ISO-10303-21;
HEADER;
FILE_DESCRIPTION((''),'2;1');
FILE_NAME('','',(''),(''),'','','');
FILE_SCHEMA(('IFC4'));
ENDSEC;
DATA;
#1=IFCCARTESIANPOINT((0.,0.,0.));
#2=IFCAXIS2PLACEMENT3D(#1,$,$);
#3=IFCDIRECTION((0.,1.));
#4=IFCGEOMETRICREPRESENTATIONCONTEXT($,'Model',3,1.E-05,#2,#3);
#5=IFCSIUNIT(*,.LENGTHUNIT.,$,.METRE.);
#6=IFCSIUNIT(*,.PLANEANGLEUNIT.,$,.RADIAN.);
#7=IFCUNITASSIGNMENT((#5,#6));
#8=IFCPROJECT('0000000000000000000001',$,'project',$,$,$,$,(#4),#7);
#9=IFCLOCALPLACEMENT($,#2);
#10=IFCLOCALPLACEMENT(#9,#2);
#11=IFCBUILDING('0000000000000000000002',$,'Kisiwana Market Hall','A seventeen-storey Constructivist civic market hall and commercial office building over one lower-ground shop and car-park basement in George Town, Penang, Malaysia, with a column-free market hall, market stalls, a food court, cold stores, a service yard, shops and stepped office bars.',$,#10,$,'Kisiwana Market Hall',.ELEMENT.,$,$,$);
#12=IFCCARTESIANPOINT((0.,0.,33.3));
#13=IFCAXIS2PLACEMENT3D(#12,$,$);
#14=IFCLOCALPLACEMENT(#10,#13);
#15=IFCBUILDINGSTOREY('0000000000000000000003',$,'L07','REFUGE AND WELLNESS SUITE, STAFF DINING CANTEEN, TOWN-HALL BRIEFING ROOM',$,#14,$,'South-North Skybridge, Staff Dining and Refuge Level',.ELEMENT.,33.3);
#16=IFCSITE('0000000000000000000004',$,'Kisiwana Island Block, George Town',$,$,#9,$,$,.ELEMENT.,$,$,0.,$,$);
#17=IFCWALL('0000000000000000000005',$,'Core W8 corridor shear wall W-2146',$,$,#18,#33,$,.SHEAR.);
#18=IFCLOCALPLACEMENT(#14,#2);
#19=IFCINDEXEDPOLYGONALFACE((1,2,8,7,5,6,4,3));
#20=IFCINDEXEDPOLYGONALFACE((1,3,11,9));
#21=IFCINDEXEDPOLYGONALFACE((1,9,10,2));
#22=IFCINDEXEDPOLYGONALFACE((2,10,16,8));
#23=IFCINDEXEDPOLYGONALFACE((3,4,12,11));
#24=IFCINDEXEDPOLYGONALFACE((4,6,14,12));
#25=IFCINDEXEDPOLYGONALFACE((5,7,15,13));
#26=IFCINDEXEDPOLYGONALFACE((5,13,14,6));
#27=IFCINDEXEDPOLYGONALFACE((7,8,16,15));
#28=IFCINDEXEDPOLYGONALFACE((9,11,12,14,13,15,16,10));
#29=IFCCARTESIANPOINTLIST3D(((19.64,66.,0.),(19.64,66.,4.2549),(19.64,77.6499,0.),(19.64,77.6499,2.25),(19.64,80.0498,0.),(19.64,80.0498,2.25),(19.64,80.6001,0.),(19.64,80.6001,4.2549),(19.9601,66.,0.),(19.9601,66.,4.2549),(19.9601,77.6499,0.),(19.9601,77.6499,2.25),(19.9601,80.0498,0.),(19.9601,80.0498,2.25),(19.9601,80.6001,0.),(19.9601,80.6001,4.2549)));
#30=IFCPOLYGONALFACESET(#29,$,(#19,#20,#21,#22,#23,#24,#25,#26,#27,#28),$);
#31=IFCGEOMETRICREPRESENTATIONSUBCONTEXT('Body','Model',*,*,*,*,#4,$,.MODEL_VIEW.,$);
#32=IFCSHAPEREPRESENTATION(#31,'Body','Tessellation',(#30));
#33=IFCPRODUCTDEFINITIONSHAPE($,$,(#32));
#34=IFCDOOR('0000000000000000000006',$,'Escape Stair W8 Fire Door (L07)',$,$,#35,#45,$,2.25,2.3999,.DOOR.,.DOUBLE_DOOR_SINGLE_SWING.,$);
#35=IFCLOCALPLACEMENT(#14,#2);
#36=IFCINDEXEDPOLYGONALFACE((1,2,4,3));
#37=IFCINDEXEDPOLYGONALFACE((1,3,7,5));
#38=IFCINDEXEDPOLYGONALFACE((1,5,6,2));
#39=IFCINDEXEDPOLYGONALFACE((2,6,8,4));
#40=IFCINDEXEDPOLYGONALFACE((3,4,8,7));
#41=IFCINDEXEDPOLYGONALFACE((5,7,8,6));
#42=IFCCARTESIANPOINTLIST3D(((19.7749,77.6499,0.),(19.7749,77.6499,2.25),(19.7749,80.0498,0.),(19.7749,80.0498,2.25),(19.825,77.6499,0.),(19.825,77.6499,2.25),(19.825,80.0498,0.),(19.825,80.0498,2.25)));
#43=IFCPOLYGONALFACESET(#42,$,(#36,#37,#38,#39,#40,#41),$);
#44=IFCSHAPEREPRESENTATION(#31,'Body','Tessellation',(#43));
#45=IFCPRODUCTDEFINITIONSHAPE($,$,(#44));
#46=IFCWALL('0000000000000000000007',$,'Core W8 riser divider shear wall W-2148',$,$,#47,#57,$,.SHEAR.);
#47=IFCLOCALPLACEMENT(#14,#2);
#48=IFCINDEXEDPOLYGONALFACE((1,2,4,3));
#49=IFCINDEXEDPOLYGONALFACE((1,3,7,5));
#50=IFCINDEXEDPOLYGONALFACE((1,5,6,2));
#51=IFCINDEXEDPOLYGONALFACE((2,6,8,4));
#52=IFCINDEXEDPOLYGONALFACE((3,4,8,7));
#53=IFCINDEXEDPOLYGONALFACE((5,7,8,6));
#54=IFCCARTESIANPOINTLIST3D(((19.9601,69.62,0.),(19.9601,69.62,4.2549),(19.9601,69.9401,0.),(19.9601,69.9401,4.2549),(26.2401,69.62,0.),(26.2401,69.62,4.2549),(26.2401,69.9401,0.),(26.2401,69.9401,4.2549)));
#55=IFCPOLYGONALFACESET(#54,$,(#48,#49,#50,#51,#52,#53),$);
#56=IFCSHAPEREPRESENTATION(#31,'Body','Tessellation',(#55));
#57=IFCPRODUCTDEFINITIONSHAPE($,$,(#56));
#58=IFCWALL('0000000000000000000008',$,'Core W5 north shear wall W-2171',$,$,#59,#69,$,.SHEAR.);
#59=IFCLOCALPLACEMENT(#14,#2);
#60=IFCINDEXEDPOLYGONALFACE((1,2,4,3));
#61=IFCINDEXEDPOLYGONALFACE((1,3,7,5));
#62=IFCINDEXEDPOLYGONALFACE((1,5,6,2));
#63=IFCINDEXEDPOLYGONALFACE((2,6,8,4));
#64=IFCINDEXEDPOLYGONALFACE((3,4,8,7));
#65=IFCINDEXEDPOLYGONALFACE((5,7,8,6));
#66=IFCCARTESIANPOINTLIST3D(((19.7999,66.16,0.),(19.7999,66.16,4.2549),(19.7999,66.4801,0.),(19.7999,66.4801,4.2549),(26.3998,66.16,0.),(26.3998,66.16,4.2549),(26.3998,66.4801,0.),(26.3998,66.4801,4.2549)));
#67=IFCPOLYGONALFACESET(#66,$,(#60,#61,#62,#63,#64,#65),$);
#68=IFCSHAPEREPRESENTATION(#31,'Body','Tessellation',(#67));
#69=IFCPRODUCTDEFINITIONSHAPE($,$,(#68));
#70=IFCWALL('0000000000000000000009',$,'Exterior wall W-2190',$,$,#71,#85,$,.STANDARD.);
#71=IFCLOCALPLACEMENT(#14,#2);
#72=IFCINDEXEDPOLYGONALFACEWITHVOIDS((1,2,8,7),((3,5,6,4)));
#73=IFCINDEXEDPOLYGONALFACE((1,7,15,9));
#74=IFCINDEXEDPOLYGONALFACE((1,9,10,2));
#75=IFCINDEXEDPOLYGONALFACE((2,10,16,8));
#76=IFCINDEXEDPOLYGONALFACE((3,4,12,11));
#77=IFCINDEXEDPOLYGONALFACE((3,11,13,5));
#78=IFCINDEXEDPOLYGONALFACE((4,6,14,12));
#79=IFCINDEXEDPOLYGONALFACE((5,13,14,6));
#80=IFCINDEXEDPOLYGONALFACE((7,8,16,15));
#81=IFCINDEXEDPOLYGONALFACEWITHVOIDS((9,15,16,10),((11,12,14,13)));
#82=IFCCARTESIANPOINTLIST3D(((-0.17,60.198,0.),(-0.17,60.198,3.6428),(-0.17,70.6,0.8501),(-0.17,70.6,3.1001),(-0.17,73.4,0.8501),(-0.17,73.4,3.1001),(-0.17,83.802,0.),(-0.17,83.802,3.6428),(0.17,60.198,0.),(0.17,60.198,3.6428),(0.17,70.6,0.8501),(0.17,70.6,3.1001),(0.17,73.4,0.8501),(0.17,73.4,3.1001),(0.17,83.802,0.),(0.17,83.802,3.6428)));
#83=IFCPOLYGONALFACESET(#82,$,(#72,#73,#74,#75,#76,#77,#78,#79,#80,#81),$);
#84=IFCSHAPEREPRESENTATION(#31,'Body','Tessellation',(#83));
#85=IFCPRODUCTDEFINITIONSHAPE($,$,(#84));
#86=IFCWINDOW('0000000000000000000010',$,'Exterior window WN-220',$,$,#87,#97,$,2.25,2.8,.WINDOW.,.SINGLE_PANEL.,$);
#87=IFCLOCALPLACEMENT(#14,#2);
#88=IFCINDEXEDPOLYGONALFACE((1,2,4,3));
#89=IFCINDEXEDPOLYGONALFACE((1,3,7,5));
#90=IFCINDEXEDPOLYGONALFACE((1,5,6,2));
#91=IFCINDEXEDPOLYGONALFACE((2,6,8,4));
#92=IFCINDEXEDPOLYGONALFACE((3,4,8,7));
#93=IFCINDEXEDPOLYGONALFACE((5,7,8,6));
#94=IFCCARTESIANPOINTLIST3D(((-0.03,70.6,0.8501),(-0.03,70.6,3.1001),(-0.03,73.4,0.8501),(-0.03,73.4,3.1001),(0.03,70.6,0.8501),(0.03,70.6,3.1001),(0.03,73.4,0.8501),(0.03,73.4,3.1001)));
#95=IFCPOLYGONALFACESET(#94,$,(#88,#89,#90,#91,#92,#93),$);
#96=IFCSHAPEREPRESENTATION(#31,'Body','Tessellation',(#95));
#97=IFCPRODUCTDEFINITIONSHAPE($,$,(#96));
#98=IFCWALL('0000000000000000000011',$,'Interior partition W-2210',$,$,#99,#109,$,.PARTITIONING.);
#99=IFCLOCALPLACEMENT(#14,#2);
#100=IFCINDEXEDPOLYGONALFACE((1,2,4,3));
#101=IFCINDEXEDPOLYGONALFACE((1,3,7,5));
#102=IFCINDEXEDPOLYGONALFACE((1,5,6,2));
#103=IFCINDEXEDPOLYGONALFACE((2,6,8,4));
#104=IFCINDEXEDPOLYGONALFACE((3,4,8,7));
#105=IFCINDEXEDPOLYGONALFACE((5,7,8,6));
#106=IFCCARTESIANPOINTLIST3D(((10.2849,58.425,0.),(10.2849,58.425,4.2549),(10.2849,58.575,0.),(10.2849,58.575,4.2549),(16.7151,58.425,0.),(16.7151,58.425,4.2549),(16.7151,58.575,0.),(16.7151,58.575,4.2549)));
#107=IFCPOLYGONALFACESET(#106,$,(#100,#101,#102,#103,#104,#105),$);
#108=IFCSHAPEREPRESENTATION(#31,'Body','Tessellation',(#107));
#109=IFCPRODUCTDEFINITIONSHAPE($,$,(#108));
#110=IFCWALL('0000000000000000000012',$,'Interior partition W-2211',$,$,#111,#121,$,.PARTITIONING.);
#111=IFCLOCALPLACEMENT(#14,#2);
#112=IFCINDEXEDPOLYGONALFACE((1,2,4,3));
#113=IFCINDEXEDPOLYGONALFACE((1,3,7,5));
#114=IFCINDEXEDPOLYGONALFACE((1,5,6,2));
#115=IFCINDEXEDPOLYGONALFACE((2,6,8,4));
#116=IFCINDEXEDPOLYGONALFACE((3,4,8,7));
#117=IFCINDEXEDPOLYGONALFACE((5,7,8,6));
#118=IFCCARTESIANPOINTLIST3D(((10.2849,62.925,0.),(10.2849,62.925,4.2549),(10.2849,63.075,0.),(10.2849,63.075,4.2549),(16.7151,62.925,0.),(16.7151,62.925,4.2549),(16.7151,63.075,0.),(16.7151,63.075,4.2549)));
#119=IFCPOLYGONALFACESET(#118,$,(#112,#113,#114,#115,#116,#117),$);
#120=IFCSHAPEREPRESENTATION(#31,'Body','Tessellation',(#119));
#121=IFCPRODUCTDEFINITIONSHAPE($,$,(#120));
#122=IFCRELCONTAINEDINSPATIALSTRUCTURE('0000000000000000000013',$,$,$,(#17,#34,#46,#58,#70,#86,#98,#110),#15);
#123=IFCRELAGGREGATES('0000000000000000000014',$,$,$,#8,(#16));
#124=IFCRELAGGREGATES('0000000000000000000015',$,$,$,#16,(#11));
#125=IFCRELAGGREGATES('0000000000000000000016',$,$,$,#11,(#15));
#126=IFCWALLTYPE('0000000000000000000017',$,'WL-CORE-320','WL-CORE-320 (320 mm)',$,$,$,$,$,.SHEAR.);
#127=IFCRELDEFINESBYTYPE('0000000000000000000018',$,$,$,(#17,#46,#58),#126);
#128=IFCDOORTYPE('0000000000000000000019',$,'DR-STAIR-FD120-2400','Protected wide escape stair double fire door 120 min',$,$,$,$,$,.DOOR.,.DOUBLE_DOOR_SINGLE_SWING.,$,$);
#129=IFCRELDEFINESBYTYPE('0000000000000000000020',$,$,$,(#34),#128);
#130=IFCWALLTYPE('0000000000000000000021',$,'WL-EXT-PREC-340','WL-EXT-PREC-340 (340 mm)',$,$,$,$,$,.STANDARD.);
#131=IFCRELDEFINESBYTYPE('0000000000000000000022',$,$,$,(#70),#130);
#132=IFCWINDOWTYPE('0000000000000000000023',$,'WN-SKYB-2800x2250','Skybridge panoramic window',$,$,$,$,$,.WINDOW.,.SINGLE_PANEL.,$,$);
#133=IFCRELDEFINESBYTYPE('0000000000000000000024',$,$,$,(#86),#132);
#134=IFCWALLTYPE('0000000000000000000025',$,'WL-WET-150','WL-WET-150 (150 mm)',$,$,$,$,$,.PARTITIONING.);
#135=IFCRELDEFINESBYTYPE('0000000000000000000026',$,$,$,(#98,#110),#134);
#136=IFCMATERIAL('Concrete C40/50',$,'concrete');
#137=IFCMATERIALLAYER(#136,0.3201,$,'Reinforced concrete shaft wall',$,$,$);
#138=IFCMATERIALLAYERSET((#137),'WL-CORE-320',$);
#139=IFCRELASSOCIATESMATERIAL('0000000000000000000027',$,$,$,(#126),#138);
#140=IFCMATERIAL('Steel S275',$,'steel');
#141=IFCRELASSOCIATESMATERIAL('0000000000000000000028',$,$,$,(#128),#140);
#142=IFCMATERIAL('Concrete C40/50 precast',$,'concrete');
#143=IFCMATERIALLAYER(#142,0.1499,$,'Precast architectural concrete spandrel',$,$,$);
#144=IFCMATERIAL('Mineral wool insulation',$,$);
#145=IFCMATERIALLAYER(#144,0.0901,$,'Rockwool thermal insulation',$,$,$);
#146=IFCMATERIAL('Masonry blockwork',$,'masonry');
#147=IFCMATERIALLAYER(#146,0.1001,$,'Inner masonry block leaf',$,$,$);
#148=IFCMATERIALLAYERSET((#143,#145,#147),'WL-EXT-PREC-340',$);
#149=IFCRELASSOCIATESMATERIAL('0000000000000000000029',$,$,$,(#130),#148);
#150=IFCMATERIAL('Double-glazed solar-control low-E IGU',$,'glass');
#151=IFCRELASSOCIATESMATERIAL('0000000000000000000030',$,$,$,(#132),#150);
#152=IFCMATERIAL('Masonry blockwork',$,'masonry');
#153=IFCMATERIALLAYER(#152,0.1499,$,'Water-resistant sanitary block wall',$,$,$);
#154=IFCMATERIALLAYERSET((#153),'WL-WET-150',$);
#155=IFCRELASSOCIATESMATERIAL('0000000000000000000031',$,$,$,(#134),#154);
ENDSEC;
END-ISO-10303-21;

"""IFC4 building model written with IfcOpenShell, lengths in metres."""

from ifc_helpers import new_model, si_unit, direction, frame, frame_2d, origin, place, context, subcontext, project, spatial, rectangle, extrude, material, layer, layer_set, type_object, element, fill, save


model = new_model("IFC4")

# Units and contexts
model_context = context("Model", 3, precision=1e-05, world=origin(), true_north=direction((0.0, 1.0)))
body_context = subcontext(model_context, "Body", "Model", "MODEL_VIEW")
ifc_project = project(units=[si_unit("LENGTHUNIT", "METRE"), si_unit("PLANEANGLEUNIT", "RADIAN")], contexts=[model_context])

# Site, building, storey
site_placement = place(None, origin())
site = spatial("IfcSite", under=ifc_project, at=site_placement, Name="Kisiwana Island Block, George Town", CompositionType="ELEMENT", RefElevation=0.0)
building_placement = place(site_placement, origin())
building = spatial("IfcBuilding", under=site, at=building_placement, Name="Kisiwana Market Hall", Description="A seventeen-storey Constructivist civic market hall and commercial office building over one lower-ground shop and car-park basement in George Town, Penang, Malaysia, with a column-free market hall, market stalls, a food court, cold stores, a service yard, shops and stepped office bars.", LongName="Kisiwana Market Hall", CompositionType="ELEMENT")
storey_placement = place(building_placement, frame((0.0, 0.0, 33.3)))
storey = spatial("IfcBuildingStorey", under=building, at=storey_placement, Name="L07", Description="REFUGE AND WELLNESS SUITE, STAFF DINING CANTEEN, TOWN-HALL BRIEFING ROOM", LongName="South-North Skybridge, Staff Dining and Refuge Level", CompositionType="ELEMENT", Elevation=33.3)

# Shared definitions
ifc_material_1 = material(Name="Concrete C40/50", Category="concrete")
ifc_layer_1 = layer(ifc_material_1, 0.3201, Name="Reinforced concrete shaft wall")
ifc_layer_set_1 = layer_set([ifc_layer_1], Name="WL-CORE-320")
wall_type_1 = type_object("IfcWallType", Name="WL-CORE-320", Description="WL-CORE-320 (320 mm)", PredefinedType="SHEAR", material=ifc_layer_set_1)

# Shared definitions
ifc_material_2 = material(Name="Steel S275", Category="steel")
door_type = type_object("IfcDoorType", Name="DR-STAIR-FD120-2400", Description="Protected wide escape stair double fire door 120 min", OperationType="DOUBLE_DOOR_SINGLE_SWING", PredefinedType="DOOR", material=ifc_material_2)

# Wall, opening, door
wall_1_placement = place(storey_placement, frame((19.8, 66.0, 0.0), z_axis=(0.0, 0.0, 1.0), x_axis=(0.0, 1.0, 0.0)))
wall_1 = element("IfcWall", 1, at=wall_1_placement, inside=storey, type_object=wall_type_1, Name="Core W8 corridor shear wall W-2146", PredefinedType="SHEAR", context=body_context, shape_type="SweptSolid", body=[
    extrude(rectangle(XDim=14.6001, YDim=0.3201, at=frame_2d((7.3, 0.0))), origin(), (0.0, 0.0, 1.0), 4.2549),
])
opening_1_placement = place(wall_1_placement, frame((11.6499, 0.0, 0.0)))
opening_1 = element("IfcOpeningElement", 2, at=opening_1_placement, cuts=wall_1, PredefinedType="OPENING", context=body_context, shape_type="SweptSolid", body=[
    extrude(rectangle(XDim=2.3999, YDim=2.25, at=frame_2d((1.2, 1.125))), frame((0.0, 0.1719, 0.0), z_axis=(0.0, -1.0, 0.0), x_axis=(1.0, 0.0, 0.0)), (0.0, 0.0, 1.0), 0.344),
])
door_1_placement = place(opening_1_placement, frame((2.3999, 0.0, 0.0), z_axis=(0.0, 0.0, 1.0), x_axis=(-1.0, 0.0, 0.0)))
door_1 = element("IfcDoor", 3, at=door_1_placement, inside=storey, type_object=door_type, Name="Escape Stair W8 Fire Door (L07)", OperationType="DOUBLE_DOOR_SINGLE_SWING", OverallHeight=2.25, OverallWidth=2.3999, PredefinedType="DOOR", context=body_context, shape_type="SweptSolid", body=[
    extrude(rectangle(XDim=2.3999, YDim=2.25, at=frame_2d((1.2, 1.125))), frame((0.0, 0.0249, 0.0), z_axis=(0.0, -1.0, 0.0), x_axis=(1.0, 0.0, 0.0)), (0.0, 0.0, 1.0), 0.05),
])
fill(opening_1, door_1)

# Walls
wall_2_placement = place(storey_placement, frame((19.96, 69.78, 0.0), z_axis=(0.0, 0.0, 1.0), x_axis=(1.0, 0.0, 0.0)))
element("IfcWall", 4, at=wall_2_placement, inside=storey, type_object=wall_type_1, Name="Core W8 riser divider shear wall W-2148", PredefinedType="SHEAR", context=body_context, shape_type="SweptSolid", body=[
    extrude(rectangle(XDim=6.28, YDim=0.3201, at=frame_2d((3.1401, 0.0))), origin(), (0.0, 0.0, 1.0), 4.2549),
])
wall_3_placement = place(storey_placement, frame((19.8, 66.3201, 0.0), z_axis=(0.0, 0.0, 1.0), x_axis=(1.0, 0.0, 0.0)))
element("IfcWall", 5, at=wall_3_placement, inside=storey, type_object=wall_type_1, Name="Core W5 north shear wall W-2171", PredefinedType="SHEAR", context=body_context, shape_type="SweptSolid", body=[
    extrude(rectangle(XDim=6.5999, YDim=0.3201, at=frame_2d((3.2998, 0.0))), origin(), (0.0, 0.0, 1.0), 4.2549),
])

# Wall, opening, window
ifc_material_3 = material(Name="Concrete C40/50 precast", Category="concrete")
ifc_layer_2 = layer(ifc_material_3, 0.1499, Name="Precast architectural concrete spandrel")
ifc_material_4 = material(Name="Mineral wool insulation")
ifc_layer_3 = layer(ifc_material_4, 0.0901, Name="Rockwool thermal insulation")
ifc_material_5 = material(Name="Masonry blockwork", Category="masonry")
ifc_layer_4 = layer(ifc_material_5, 0.1001, Name="Inner masonry block leaf")
ifc_layer_set_2 = layer_set([ifc_layer_2, ifc_layer_3, ifc_layer_4], Name="WL-EXT-PREC-340")
wall_type_2 = type_object("IfcWallType", Name="WL-EXT-PREC-340", Description="WL-EXT-PREC-340 (340 mm)", PredefinedType="STANDARD", material=ifc_layer_set_2)
wall_4_placement = place(storey_placement, frame((0.0, 60.198, 0.0), z_axis=(0.0, 0.0, 1.0), x_axis=(0.0, 1.0, 0.0)))
wall_4 = element("IfcWall", 6, at=wall_4_placement, inside=storey, type_object=wall_type_2, Name="Exterior wall W-2190", PredefinedType="STANDARD", context=body_context, shape_type="SweptSolid", body=[
    extrude(rectangle(XDim=23.604, YDim=0.3401, at=frame_2d((11.802, 0.0))), origin(), (0.0, 0.0, 1.0), 3.6428),
])
opening_2_placement = place(wall_4_placement, frame((10.4021, 0.0, 0.8501)))
opening_2 = element("IfcOpeningElement", 7, at=opening_2_placement, cuts=wall_4, PredefinedType="OPENING", context=body_context, shape_type="SweptSolid", body=[
    extrude(rectangle(XDim=2.8, YDim=2.25, at=frame_2d((1.3999, 1.125))), frame((0.0, 0.1821, 0.0), z_axis=(0.0, -1.0, 0.0), x_axis=(1.0, 0.0, 0.0)), (0.0, 0.0, 1.0), 0.364),
])
ifc_material_6 = material(Name="Double-glazed solar-control low-E IGU", Category="glass")
window_type = type_object("IfcWindowType", Name="WN-SKYB-2800x2250", Description="Skybridge panoramic window", PartitioningType="SINGLE_PANEL", PredefinedType="WINDOW", material=ifc_material_6)
window_placement = place(opening_2_placement, origin())
window = element("IfcWindow", 8, at=window_placement, inside=storey, type_object=window_type, Name="Exterior window WN-220", OverallHeight=2.25, OverallWidth=2.8, PartitioningType="SINGLE_PANEL", PredefinedType="WINDOW", context=body_context, shape_type="SweptSolid", body=[
    extrude(rectangle(XDim=2.8, YDim=2.25, at=frame_2d((1.3999, 1.125))), frame((0.0, 0.03, 0.0), z_axis=(0.0, -1.0, 0.0), x_axis=(1.0, 0.0, 0.0)), (0.0, 0.0, 1.0), 0.0601),
])
fill(opening_2, window)

# Walls
ifc_material_7 = material(Name="Masonry blockwork", Category="masonry")
ifc_layer_5 = layer(ifc_material_7, 0.1499, Name="Water-resistant sanitary block wall")
ifc_layer_set_3 = layer_set([ifc_layer_5], Name="WL-WET-150")
wall_type_3 = type_object("IfcWallType", Name="WL-WET-150", Description="WL-WET-150 (150 mm)", PredefinedType="PARTITIONING", material=ifc_layer_set_3)
for number, where, z_axis, x_axis, name in (
    (9, (10.2849, 58.5, 0.0), (0.0, 0.0, 1.0), (1.0, 0.0, 0.0), "Interior partition W-2210"),
    (10, (10.2849, 63.0, 0.0), (0.0, 0.0, 1.0), (1.0, 0.0, 0.0), "Interior partition W-2211"),
):
    element("IfcWall", number, at=place(storey_placement, frame(where, z_axis=z_axis, x_axis=x_axis)), inside=storey, type_object=wall_type_3, Name=name, PredefinedType="PARTITIONING", context=body_context, shape_type="SweptSolid", body=[
        extrude(rectangle(XDim=6.4302, YDim=0.1499, at=frame_2d((3.2151, 0.0))), origin(), (0.0, 0.0, 1.0), 4.2549),
    ])

save(model, "model.ifc")
